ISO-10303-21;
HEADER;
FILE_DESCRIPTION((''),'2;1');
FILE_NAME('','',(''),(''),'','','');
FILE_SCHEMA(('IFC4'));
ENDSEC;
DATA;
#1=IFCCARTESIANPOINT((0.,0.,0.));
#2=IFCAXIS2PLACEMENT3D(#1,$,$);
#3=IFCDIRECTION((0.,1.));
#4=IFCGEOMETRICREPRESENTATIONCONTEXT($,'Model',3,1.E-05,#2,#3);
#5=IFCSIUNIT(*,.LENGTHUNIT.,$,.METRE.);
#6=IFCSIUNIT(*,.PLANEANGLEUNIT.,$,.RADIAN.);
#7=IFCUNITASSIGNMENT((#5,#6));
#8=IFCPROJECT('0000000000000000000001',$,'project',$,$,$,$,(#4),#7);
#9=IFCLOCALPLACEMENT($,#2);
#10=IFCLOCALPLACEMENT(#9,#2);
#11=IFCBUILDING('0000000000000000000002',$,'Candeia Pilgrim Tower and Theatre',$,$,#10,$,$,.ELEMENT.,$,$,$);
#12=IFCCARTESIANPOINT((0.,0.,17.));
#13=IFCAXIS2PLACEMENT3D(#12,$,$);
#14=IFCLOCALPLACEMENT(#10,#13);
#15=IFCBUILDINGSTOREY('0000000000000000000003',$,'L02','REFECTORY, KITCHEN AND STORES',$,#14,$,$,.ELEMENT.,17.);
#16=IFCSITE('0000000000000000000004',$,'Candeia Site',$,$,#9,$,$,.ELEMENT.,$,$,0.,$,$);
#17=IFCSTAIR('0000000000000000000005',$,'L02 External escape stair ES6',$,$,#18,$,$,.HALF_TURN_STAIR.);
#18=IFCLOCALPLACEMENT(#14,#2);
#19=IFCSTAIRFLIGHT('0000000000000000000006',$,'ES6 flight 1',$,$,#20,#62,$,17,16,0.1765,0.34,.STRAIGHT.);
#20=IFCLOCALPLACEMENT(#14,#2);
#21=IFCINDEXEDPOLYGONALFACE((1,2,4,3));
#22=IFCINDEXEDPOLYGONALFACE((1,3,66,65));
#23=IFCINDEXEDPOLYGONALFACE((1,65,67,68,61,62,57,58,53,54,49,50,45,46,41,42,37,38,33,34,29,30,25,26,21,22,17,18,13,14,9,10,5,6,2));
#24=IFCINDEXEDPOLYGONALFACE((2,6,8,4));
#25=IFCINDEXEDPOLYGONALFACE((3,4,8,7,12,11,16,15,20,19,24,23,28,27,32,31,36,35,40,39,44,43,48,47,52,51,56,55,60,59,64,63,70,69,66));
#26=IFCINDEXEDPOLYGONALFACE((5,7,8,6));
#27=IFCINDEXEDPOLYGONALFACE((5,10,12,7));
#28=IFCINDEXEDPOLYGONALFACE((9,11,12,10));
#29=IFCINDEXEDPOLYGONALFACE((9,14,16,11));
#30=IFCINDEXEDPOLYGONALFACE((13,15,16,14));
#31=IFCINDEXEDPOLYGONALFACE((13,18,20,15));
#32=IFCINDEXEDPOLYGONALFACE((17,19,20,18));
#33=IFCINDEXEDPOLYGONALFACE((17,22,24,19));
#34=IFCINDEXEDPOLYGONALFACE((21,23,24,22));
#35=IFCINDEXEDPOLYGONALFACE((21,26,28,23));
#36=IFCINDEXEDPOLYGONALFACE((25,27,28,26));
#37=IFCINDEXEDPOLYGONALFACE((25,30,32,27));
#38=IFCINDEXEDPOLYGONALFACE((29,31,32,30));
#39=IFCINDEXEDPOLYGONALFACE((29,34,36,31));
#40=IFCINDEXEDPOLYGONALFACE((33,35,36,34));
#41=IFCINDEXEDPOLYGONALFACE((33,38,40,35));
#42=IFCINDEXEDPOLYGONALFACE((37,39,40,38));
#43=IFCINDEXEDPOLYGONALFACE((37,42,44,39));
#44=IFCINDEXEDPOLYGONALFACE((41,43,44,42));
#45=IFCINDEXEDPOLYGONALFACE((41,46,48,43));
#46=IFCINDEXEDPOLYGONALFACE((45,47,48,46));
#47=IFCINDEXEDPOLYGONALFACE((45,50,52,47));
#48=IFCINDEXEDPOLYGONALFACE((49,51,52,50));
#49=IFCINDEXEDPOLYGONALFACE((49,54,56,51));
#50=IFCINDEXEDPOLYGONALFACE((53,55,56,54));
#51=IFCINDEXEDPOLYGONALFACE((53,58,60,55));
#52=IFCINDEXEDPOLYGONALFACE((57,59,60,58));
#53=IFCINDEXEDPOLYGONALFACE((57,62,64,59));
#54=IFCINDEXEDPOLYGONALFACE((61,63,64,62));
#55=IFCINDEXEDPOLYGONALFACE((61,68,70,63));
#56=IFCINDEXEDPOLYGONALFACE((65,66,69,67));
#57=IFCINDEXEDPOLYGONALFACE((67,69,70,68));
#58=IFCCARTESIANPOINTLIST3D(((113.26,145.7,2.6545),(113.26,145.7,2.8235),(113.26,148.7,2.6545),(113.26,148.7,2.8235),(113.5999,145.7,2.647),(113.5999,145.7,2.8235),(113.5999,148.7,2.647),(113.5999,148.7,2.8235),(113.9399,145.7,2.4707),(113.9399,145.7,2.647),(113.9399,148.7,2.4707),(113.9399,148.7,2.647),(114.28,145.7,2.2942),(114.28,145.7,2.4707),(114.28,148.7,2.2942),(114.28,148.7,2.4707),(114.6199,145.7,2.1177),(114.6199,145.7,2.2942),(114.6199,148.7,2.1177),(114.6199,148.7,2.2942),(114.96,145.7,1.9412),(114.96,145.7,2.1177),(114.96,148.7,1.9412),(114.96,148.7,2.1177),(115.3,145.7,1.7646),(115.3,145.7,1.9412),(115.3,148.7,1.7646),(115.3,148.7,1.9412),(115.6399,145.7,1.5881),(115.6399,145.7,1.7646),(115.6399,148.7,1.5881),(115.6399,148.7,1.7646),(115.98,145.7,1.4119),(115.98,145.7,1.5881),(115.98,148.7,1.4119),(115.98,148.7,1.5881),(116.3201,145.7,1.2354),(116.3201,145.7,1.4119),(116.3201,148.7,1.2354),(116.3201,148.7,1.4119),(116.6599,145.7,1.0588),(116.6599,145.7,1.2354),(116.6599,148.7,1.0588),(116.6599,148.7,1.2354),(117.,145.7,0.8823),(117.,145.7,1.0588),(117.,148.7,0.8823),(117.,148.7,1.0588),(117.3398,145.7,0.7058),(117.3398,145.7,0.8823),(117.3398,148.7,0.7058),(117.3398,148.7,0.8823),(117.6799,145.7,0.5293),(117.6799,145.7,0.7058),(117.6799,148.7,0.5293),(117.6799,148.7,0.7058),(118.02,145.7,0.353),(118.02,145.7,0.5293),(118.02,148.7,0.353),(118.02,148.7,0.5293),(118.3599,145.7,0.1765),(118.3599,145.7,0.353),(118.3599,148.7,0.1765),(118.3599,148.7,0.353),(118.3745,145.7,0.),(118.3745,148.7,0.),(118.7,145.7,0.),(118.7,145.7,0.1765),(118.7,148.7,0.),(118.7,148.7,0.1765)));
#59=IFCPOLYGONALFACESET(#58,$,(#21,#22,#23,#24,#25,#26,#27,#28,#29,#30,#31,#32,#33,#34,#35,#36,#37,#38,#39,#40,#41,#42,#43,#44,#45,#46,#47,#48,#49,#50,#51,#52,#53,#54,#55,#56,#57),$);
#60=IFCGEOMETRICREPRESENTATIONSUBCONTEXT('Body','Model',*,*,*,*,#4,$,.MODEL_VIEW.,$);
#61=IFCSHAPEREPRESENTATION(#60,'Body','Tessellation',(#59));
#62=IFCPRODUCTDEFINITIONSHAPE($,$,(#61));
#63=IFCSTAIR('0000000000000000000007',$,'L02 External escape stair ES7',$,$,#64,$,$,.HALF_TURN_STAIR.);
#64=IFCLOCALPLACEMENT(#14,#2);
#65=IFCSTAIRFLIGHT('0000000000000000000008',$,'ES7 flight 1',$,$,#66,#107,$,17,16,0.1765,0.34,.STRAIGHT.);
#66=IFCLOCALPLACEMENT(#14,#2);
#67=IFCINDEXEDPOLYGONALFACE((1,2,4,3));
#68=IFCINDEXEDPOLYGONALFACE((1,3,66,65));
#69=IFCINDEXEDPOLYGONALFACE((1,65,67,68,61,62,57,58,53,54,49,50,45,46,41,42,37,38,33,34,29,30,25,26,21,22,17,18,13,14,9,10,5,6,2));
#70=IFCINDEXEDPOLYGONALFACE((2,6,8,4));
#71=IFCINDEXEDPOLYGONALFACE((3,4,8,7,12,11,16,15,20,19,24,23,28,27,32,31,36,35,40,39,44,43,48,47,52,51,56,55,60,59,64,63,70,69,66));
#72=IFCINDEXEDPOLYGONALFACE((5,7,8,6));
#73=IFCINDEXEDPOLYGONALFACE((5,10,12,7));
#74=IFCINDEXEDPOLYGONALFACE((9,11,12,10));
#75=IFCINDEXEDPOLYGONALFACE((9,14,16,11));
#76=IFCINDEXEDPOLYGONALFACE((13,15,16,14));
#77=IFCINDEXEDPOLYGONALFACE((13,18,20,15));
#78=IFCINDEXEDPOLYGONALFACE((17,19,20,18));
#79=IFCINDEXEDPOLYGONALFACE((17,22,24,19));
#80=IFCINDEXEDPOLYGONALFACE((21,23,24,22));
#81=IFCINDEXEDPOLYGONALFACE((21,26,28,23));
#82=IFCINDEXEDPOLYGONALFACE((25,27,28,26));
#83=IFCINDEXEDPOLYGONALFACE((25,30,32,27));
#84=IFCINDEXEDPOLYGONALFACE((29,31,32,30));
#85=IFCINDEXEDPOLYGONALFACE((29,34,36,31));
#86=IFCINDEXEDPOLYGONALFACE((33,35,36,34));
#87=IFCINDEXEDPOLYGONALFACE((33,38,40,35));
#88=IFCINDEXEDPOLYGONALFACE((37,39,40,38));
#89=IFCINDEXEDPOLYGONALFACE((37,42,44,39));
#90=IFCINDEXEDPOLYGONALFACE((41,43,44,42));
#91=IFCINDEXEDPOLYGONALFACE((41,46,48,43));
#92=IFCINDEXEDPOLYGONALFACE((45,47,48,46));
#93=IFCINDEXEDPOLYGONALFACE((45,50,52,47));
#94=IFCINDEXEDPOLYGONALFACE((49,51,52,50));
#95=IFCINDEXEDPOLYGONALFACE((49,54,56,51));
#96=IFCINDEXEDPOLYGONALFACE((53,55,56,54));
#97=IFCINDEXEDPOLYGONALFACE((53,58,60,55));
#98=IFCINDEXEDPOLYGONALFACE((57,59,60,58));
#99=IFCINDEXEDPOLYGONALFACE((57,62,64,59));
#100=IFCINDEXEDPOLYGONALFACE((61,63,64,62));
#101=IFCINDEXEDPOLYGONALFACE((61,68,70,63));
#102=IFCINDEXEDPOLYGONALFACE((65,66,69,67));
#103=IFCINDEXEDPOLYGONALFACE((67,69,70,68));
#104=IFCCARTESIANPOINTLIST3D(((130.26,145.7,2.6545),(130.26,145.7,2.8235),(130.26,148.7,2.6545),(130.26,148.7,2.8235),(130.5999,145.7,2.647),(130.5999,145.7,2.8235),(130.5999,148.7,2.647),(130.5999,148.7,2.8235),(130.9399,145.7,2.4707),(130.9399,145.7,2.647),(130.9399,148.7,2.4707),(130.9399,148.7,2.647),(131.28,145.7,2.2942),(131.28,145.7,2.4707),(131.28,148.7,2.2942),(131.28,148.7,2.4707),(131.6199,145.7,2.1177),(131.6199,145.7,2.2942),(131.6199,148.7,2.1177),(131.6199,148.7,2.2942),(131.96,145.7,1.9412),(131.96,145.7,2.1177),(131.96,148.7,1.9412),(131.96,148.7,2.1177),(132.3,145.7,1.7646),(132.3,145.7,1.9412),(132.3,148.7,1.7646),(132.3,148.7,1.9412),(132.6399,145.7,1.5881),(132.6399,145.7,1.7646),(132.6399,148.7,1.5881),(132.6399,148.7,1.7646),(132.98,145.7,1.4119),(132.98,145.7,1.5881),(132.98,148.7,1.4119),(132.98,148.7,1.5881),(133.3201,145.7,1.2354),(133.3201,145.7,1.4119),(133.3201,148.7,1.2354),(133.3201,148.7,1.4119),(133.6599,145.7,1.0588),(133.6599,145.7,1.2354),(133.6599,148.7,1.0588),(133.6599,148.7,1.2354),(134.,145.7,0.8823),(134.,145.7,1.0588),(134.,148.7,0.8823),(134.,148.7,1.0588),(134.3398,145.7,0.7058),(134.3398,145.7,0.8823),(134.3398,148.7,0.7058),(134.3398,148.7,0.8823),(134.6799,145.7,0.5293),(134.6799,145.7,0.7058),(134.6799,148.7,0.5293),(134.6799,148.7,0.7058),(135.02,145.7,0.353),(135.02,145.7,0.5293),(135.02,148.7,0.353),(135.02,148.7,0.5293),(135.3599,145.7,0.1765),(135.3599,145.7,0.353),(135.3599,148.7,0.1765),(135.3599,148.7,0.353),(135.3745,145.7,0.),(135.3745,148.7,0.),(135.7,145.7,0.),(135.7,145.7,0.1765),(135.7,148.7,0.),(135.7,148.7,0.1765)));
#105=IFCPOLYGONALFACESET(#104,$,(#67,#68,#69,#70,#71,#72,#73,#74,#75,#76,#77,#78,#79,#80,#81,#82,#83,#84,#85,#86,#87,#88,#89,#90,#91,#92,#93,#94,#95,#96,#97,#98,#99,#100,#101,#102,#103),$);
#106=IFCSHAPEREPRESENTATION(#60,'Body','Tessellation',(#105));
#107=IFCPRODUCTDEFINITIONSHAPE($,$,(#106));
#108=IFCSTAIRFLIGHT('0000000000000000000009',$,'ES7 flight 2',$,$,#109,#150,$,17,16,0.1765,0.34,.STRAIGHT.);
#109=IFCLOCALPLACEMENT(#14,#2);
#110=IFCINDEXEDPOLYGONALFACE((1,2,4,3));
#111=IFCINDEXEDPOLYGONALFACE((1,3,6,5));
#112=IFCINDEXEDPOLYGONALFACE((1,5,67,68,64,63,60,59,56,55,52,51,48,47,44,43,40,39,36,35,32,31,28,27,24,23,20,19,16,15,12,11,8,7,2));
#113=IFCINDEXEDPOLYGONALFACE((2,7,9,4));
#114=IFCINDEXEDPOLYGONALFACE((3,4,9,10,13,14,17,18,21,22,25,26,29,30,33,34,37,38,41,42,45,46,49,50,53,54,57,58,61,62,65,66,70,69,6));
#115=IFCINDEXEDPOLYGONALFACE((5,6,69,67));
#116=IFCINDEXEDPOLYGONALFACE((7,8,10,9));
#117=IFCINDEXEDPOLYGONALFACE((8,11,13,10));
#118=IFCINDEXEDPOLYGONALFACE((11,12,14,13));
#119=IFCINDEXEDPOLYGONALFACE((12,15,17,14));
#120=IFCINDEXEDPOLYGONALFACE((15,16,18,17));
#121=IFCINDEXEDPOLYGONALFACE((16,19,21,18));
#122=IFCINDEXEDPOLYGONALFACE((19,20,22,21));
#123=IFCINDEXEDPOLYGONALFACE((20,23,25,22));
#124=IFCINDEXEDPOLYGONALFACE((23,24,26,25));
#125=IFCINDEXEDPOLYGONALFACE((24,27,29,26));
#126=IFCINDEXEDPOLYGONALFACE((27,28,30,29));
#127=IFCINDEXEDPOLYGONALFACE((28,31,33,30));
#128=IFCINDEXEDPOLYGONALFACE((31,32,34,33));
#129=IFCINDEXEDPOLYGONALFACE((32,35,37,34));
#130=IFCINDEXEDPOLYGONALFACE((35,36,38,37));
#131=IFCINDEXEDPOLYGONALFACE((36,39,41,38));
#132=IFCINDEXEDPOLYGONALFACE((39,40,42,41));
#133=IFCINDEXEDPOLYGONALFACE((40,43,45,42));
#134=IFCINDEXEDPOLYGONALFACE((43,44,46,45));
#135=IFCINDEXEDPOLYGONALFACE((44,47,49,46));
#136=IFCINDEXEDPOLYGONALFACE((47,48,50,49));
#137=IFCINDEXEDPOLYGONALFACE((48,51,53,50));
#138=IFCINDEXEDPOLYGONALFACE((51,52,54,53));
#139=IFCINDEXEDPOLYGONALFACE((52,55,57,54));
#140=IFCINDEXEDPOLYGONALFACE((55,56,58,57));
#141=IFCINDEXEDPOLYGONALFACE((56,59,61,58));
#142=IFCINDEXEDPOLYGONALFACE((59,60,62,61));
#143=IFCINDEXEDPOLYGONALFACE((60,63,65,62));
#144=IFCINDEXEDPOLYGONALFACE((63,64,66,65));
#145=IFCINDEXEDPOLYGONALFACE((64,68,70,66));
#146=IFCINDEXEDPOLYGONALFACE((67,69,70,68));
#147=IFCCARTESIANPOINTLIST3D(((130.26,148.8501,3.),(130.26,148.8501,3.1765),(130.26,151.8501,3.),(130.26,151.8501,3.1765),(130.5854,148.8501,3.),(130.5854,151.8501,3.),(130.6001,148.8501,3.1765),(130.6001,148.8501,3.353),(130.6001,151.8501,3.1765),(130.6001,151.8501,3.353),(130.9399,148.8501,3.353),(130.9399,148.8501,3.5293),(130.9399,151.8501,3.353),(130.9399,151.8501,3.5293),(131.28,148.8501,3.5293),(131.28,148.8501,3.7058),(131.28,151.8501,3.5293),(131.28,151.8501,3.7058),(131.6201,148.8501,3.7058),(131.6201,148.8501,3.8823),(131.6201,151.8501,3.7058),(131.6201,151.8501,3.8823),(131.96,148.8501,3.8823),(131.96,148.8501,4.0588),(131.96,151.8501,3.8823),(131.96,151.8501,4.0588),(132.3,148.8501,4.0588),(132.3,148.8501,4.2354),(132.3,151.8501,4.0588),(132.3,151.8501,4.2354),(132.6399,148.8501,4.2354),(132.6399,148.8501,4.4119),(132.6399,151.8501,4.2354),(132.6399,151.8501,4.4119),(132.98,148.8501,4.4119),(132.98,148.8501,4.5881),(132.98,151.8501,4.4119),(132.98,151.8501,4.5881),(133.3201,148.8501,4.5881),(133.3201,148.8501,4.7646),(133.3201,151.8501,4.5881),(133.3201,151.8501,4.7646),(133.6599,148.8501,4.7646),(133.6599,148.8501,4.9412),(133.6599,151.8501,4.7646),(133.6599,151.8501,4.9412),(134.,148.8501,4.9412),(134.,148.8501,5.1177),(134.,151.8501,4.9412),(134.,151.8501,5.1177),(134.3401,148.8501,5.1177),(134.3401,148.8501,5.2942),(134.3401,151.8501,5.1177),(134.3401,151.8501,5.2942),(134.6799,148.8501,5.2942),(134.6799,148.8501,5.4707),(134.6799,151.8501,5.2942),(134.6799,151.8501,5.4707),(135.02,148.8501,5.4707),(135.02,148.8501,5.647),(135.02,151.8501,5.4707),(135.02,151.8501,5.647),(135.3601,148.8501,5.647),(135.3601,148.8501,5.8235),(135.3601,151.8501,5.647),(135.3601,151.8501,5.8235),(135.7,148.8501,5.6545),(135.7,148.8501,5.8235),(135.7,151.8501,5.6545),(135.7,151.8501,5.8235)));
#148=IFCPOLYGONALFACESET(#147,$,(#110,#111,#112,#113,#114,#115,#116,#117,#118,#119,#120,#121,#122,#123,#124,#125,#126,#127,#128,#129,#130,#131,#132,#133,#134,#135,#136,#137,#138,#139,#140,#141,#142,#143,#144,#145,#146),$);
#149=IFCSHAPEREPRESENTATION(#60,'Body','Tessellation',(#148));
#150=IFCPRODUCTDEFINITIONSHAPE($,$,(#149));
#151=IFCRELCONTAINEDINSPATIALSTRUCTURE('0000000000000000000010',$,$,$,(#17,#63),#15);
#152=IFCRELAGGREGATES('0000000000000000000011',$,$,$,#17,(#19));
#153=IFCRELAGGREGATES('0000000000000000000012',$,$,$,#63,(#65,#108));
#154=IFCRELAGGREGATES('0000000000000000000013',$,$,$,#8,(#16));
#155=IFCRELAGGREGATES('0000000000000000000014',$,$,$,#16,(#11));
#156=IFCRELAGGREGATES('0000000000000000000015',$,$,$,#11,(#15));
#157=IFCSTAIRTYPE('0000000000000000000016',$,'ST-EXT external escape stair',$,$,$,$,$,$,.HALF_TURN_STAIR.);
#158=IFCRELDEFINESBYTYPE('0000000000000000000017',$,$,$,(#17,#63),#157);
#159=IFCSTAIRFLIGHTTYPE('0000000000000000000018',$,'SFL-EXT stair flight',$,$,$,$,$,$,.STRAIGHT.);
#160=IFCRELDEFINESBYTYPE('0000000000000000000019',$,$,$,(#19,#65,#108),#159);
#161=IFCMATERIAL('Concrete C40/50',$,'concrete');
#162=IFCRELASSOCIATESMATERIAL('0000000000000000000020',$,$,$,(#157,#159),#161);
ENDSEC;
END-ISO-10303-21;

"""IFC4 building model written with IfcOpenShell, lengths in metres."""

from ifc_helpers import new_model, si_unit, direction, frame, origin, place, context, subcontext, project, spatial, polyline, outline, extrude, material, type_object, element, aggregate, save


model = new_model("IFC4")

# Units and contexts
model_context = context("Model", 3, precision=1e-05, world=origin(), true_north=direction((0.0, 1.0)))
body_context = subcontext(model_context, "Body", "Model", "MODEL_VIEW")
ifc_project = project(units=[si_unit("LENGTHUNIT", "METRE"), si_unit("PLANEANGLEUNIT", "RADIAN")], contexts=[model_context])

# Site, building, storey
site_placement = place(None, origin())
site = spatial("IfcSite", under=ifc_project, at=site_placement, Name="Candeia Site", CompositionType="ELEMENT", RefElevation=0.0)
building_placement = place(site_placement, origin())
building = spatial("IfcBuilding", under=site, at=building_placement, Name="Candeia Pilgrim Tower and Theatre", CompositionType="ELEMENT")
storey_placement = place(building_placement, frame((0.0, 0.0, 17.0)))
storey = spatial("IfcBuildingStorey", under=building, at=storey_placement, Name="L02", Description="REFECTORY, KITCHEN AND STORES", CompositionType="ELEMENT", Elevation=17.0)

# Shared definitions
ifc_material_1 = material(Name="Concrete C40/50", Category="concrete")

# Stair, stair flight
stair_type = type_object("IfcStairType", Name="ST-EXT external escape stair", PredefinedType="HALF_TURN_STAIR", material=ifc_material_1)
stair_1_placement = place(storey_placement, origin())
stair_1 = element("IfcStair", 1, at=stair_1_placement, inside=storey, type_object=stair_type, Name="L02 External escape stair ES6", PredefinedType="HALF_TURN_STAIR")
stair_flight_type = type_object("IfcStairFlightType", Name="SFL-EXT stair flight", PredefinedType="STRAIGHT", material=ifc_material_1)
stair_flight_1_placement = place(storey_placement, frame((118.7, 147.2, 0.0), z_axis=(0.0, 0.0, 1.0), x_axis=(-1.0, 0.0, 0.0)))
stair_flight_1 = element("IfcStairFlight", 2, at=stair_flight_1_placement, type_object=stair_flight_type, Name="ES6 flight 1", NumberOfRisers=17, NumberOfTreads=16, PredefinedType="STRAIGHT", RiserHeight=0.1765, TreadLength=0.34, context=body_context, shape_type="SweptSolid", body=[
    extrude(outline(polyline([(0.0, 0.0), (0.0, 0.1765), (0.3401, 0.1765), (0.3401, 0.353), (0.6799, 0.353), (0.6799, 0.5293), (1.02, 0.5293), (1.02, 0.7058), (1.3601, 0.7058), (1.3601, 0.8823), (1.7, 0.8823), (1.7, 1.0588), (2.04, 1.0588), (2.04, 1.2354), (2.3799, 1.2354), (2.3799, 1.4119), (2.72, 1.4119), (2.72, 1.5881), (3.0601, 1.5881), (3.0601, 1.7646), (3.3999, 1.7646), (3.3999, 1.9412), (3.74, 1.9412), (3.74, 2.1177), (4.0801, 2.1177), (4.0801, 2.2942), (4.4199, 2.2942), (4.4199, 2.4707), (4.76, 2.4707), (4.76, 2.647), (5.1001, 2.647), (5.1001, 2.8235), (5.4399, 2.8235), (5.4399, 3.0), (5.4399, 2.6545), (0.3254, 0.0), (0.0, 0.0)])), frame((0.0, 1.5, 0.0), z_axis=(0.0, -1.0, 0.0), x_axis=(1.0, 0.0, 0.0)), (0.0, 0.0, 1.0), 3.0),
])
aggregate(stair_1, [stair_flight_1])

# Stair, stair flights
stair_2_placement = place(storey_placement, origin())
stair_2 = element("IfcStair", 3, at=stair_2_placement, inside=storey, type_object=stair_type, Name="L02 External escape stair ES7", PredefinedType="HALF_TURN_STAIR")
stair_flight_2_placement = place(storey_placement, frame((135.7, 147.2, 0.0), z_axis=(0.0, 0.0, 1.0), x_axis=(-1.0, 0.0, 0.0)))
stair_flight_2 = element("IfcStairFlight", 4, at=stair_flight_2_placement, type_object=stair_flight_type, Name="ES7 flight 1", NumberOfRisers=17, NumberOfTreads=16, PredefinedType="STRAIGHT", RiserHeight=0.1765, TreadLength=0.34, context=body_context, shape_type="SweptSolid", body=[
    extrude(outline(polyline([(0.0, 0.0), (0.0, 0.1765), (0.3401, 0.1765), (0.3401, 0.353), (0.6799, 0.353), (0.6799, 0.5293), (1.02, 0.5293), (1.02, 0.7058), (1.3601, 0.7058), (1.3601, 0.8823), (1.7, 0.8823), (1.7, 1.0588), (2.04, 1.0588), (2.04, 1.2354), (2.3799, 1.2354), (2.3799, 1.4119), (2.72, 1.4119), (2.72, 1.5881), (3.0601, 1.5881), (3.0601, 1.7646), (3.3999, 1.7646), (3.3999, 1.9412), (3.74, 1.9412), (3.74, 2.1177), (4.0801, 2.1177), (4.0801, 2.2942), (4.4199, 2.2942), (4.4199, 2.4707), (4.76, 2.4707), (4.76, 2.647), (5.1001, 2.647), (5.1001, 2.8235), (5.4399, 2.8235), (5.4399, 3.0), (5.4399, 2.6545), (0.3254, 0.0), (0.0, 0.0)])), frame((0.0, 1.5, 0.0), z_axis=(0.0, -1.0, 0.0), x_axis=(1.0, 0.0, 0.0)), (0.0, 0.0, 1.0), 3.0),
])
stair_flight_3_placement = place(storey_placement, frame((130.26, 150.3501, 3.0), z_axis=(0.0, 0.0, 1.0), x_axis=(1.0, 0.0, 0.0)))
stair_flight_3 = element("IfcStairFlight", 5, at=stair_flight_3_placement, type_object=stair_flight_type, Name="ES7 flight 2", NumberOfRisers=17, NumberOfTreads=16, PredefinedType="STRAIGHT", RiserHeight=0.1765, TreadLength=0.34, context=body_context, shape_type="SweptSolid", body=[
    extrude(outline(polyline([(0.0, 0.0), (0.0, 0.1765), (0.3401, 0.1765), (0.3401, 0.353), (0.6799, 0.353), (0.6799, 0.5293), (1.02, 0.5293), (1.02, 0.7058), (1.3601, 0.7058), (1.3601, 0.8823), (1.7, 0.8823), (1.7, 1.0588), (2.04, 1.0588), (2.04, 1.2354), (2.3799, 1.2354), (2.3799, 1.4119), (2.72, 1.4119), (2.72, 1.5881), (3.0601, 1.5881), (3.0601, 1.7646), (3.3999, 1.7646), (3.3999, 1.9412), (3.74, 1.9412), (3.74, 2.1177), (4.0801, 2.1177), (4.0801, 2.2942), (4.4199, 2.2942), (4.4199, 2.4707), (4.76, 2.4707), (4.76, 2.647), (5.1001, 2.647), (5.1001, 2.8235), (5.4399, 2.8235), (5.4399, 3.0), (5.4399, 2.6545), (0.3254, 0.0), (0.0, 0.0)])), frame((0.0, 1.5, 0.0), z_axis=(0.0, -1.0, 0.0), x_axis=(1.0, 0.0, 0.0)), (0.0, 0.0, 1.0), 3.0),
])
aggregate(stair_2, [stair_flight_2, stair_flight_3])

save(model, "model.ifc")
